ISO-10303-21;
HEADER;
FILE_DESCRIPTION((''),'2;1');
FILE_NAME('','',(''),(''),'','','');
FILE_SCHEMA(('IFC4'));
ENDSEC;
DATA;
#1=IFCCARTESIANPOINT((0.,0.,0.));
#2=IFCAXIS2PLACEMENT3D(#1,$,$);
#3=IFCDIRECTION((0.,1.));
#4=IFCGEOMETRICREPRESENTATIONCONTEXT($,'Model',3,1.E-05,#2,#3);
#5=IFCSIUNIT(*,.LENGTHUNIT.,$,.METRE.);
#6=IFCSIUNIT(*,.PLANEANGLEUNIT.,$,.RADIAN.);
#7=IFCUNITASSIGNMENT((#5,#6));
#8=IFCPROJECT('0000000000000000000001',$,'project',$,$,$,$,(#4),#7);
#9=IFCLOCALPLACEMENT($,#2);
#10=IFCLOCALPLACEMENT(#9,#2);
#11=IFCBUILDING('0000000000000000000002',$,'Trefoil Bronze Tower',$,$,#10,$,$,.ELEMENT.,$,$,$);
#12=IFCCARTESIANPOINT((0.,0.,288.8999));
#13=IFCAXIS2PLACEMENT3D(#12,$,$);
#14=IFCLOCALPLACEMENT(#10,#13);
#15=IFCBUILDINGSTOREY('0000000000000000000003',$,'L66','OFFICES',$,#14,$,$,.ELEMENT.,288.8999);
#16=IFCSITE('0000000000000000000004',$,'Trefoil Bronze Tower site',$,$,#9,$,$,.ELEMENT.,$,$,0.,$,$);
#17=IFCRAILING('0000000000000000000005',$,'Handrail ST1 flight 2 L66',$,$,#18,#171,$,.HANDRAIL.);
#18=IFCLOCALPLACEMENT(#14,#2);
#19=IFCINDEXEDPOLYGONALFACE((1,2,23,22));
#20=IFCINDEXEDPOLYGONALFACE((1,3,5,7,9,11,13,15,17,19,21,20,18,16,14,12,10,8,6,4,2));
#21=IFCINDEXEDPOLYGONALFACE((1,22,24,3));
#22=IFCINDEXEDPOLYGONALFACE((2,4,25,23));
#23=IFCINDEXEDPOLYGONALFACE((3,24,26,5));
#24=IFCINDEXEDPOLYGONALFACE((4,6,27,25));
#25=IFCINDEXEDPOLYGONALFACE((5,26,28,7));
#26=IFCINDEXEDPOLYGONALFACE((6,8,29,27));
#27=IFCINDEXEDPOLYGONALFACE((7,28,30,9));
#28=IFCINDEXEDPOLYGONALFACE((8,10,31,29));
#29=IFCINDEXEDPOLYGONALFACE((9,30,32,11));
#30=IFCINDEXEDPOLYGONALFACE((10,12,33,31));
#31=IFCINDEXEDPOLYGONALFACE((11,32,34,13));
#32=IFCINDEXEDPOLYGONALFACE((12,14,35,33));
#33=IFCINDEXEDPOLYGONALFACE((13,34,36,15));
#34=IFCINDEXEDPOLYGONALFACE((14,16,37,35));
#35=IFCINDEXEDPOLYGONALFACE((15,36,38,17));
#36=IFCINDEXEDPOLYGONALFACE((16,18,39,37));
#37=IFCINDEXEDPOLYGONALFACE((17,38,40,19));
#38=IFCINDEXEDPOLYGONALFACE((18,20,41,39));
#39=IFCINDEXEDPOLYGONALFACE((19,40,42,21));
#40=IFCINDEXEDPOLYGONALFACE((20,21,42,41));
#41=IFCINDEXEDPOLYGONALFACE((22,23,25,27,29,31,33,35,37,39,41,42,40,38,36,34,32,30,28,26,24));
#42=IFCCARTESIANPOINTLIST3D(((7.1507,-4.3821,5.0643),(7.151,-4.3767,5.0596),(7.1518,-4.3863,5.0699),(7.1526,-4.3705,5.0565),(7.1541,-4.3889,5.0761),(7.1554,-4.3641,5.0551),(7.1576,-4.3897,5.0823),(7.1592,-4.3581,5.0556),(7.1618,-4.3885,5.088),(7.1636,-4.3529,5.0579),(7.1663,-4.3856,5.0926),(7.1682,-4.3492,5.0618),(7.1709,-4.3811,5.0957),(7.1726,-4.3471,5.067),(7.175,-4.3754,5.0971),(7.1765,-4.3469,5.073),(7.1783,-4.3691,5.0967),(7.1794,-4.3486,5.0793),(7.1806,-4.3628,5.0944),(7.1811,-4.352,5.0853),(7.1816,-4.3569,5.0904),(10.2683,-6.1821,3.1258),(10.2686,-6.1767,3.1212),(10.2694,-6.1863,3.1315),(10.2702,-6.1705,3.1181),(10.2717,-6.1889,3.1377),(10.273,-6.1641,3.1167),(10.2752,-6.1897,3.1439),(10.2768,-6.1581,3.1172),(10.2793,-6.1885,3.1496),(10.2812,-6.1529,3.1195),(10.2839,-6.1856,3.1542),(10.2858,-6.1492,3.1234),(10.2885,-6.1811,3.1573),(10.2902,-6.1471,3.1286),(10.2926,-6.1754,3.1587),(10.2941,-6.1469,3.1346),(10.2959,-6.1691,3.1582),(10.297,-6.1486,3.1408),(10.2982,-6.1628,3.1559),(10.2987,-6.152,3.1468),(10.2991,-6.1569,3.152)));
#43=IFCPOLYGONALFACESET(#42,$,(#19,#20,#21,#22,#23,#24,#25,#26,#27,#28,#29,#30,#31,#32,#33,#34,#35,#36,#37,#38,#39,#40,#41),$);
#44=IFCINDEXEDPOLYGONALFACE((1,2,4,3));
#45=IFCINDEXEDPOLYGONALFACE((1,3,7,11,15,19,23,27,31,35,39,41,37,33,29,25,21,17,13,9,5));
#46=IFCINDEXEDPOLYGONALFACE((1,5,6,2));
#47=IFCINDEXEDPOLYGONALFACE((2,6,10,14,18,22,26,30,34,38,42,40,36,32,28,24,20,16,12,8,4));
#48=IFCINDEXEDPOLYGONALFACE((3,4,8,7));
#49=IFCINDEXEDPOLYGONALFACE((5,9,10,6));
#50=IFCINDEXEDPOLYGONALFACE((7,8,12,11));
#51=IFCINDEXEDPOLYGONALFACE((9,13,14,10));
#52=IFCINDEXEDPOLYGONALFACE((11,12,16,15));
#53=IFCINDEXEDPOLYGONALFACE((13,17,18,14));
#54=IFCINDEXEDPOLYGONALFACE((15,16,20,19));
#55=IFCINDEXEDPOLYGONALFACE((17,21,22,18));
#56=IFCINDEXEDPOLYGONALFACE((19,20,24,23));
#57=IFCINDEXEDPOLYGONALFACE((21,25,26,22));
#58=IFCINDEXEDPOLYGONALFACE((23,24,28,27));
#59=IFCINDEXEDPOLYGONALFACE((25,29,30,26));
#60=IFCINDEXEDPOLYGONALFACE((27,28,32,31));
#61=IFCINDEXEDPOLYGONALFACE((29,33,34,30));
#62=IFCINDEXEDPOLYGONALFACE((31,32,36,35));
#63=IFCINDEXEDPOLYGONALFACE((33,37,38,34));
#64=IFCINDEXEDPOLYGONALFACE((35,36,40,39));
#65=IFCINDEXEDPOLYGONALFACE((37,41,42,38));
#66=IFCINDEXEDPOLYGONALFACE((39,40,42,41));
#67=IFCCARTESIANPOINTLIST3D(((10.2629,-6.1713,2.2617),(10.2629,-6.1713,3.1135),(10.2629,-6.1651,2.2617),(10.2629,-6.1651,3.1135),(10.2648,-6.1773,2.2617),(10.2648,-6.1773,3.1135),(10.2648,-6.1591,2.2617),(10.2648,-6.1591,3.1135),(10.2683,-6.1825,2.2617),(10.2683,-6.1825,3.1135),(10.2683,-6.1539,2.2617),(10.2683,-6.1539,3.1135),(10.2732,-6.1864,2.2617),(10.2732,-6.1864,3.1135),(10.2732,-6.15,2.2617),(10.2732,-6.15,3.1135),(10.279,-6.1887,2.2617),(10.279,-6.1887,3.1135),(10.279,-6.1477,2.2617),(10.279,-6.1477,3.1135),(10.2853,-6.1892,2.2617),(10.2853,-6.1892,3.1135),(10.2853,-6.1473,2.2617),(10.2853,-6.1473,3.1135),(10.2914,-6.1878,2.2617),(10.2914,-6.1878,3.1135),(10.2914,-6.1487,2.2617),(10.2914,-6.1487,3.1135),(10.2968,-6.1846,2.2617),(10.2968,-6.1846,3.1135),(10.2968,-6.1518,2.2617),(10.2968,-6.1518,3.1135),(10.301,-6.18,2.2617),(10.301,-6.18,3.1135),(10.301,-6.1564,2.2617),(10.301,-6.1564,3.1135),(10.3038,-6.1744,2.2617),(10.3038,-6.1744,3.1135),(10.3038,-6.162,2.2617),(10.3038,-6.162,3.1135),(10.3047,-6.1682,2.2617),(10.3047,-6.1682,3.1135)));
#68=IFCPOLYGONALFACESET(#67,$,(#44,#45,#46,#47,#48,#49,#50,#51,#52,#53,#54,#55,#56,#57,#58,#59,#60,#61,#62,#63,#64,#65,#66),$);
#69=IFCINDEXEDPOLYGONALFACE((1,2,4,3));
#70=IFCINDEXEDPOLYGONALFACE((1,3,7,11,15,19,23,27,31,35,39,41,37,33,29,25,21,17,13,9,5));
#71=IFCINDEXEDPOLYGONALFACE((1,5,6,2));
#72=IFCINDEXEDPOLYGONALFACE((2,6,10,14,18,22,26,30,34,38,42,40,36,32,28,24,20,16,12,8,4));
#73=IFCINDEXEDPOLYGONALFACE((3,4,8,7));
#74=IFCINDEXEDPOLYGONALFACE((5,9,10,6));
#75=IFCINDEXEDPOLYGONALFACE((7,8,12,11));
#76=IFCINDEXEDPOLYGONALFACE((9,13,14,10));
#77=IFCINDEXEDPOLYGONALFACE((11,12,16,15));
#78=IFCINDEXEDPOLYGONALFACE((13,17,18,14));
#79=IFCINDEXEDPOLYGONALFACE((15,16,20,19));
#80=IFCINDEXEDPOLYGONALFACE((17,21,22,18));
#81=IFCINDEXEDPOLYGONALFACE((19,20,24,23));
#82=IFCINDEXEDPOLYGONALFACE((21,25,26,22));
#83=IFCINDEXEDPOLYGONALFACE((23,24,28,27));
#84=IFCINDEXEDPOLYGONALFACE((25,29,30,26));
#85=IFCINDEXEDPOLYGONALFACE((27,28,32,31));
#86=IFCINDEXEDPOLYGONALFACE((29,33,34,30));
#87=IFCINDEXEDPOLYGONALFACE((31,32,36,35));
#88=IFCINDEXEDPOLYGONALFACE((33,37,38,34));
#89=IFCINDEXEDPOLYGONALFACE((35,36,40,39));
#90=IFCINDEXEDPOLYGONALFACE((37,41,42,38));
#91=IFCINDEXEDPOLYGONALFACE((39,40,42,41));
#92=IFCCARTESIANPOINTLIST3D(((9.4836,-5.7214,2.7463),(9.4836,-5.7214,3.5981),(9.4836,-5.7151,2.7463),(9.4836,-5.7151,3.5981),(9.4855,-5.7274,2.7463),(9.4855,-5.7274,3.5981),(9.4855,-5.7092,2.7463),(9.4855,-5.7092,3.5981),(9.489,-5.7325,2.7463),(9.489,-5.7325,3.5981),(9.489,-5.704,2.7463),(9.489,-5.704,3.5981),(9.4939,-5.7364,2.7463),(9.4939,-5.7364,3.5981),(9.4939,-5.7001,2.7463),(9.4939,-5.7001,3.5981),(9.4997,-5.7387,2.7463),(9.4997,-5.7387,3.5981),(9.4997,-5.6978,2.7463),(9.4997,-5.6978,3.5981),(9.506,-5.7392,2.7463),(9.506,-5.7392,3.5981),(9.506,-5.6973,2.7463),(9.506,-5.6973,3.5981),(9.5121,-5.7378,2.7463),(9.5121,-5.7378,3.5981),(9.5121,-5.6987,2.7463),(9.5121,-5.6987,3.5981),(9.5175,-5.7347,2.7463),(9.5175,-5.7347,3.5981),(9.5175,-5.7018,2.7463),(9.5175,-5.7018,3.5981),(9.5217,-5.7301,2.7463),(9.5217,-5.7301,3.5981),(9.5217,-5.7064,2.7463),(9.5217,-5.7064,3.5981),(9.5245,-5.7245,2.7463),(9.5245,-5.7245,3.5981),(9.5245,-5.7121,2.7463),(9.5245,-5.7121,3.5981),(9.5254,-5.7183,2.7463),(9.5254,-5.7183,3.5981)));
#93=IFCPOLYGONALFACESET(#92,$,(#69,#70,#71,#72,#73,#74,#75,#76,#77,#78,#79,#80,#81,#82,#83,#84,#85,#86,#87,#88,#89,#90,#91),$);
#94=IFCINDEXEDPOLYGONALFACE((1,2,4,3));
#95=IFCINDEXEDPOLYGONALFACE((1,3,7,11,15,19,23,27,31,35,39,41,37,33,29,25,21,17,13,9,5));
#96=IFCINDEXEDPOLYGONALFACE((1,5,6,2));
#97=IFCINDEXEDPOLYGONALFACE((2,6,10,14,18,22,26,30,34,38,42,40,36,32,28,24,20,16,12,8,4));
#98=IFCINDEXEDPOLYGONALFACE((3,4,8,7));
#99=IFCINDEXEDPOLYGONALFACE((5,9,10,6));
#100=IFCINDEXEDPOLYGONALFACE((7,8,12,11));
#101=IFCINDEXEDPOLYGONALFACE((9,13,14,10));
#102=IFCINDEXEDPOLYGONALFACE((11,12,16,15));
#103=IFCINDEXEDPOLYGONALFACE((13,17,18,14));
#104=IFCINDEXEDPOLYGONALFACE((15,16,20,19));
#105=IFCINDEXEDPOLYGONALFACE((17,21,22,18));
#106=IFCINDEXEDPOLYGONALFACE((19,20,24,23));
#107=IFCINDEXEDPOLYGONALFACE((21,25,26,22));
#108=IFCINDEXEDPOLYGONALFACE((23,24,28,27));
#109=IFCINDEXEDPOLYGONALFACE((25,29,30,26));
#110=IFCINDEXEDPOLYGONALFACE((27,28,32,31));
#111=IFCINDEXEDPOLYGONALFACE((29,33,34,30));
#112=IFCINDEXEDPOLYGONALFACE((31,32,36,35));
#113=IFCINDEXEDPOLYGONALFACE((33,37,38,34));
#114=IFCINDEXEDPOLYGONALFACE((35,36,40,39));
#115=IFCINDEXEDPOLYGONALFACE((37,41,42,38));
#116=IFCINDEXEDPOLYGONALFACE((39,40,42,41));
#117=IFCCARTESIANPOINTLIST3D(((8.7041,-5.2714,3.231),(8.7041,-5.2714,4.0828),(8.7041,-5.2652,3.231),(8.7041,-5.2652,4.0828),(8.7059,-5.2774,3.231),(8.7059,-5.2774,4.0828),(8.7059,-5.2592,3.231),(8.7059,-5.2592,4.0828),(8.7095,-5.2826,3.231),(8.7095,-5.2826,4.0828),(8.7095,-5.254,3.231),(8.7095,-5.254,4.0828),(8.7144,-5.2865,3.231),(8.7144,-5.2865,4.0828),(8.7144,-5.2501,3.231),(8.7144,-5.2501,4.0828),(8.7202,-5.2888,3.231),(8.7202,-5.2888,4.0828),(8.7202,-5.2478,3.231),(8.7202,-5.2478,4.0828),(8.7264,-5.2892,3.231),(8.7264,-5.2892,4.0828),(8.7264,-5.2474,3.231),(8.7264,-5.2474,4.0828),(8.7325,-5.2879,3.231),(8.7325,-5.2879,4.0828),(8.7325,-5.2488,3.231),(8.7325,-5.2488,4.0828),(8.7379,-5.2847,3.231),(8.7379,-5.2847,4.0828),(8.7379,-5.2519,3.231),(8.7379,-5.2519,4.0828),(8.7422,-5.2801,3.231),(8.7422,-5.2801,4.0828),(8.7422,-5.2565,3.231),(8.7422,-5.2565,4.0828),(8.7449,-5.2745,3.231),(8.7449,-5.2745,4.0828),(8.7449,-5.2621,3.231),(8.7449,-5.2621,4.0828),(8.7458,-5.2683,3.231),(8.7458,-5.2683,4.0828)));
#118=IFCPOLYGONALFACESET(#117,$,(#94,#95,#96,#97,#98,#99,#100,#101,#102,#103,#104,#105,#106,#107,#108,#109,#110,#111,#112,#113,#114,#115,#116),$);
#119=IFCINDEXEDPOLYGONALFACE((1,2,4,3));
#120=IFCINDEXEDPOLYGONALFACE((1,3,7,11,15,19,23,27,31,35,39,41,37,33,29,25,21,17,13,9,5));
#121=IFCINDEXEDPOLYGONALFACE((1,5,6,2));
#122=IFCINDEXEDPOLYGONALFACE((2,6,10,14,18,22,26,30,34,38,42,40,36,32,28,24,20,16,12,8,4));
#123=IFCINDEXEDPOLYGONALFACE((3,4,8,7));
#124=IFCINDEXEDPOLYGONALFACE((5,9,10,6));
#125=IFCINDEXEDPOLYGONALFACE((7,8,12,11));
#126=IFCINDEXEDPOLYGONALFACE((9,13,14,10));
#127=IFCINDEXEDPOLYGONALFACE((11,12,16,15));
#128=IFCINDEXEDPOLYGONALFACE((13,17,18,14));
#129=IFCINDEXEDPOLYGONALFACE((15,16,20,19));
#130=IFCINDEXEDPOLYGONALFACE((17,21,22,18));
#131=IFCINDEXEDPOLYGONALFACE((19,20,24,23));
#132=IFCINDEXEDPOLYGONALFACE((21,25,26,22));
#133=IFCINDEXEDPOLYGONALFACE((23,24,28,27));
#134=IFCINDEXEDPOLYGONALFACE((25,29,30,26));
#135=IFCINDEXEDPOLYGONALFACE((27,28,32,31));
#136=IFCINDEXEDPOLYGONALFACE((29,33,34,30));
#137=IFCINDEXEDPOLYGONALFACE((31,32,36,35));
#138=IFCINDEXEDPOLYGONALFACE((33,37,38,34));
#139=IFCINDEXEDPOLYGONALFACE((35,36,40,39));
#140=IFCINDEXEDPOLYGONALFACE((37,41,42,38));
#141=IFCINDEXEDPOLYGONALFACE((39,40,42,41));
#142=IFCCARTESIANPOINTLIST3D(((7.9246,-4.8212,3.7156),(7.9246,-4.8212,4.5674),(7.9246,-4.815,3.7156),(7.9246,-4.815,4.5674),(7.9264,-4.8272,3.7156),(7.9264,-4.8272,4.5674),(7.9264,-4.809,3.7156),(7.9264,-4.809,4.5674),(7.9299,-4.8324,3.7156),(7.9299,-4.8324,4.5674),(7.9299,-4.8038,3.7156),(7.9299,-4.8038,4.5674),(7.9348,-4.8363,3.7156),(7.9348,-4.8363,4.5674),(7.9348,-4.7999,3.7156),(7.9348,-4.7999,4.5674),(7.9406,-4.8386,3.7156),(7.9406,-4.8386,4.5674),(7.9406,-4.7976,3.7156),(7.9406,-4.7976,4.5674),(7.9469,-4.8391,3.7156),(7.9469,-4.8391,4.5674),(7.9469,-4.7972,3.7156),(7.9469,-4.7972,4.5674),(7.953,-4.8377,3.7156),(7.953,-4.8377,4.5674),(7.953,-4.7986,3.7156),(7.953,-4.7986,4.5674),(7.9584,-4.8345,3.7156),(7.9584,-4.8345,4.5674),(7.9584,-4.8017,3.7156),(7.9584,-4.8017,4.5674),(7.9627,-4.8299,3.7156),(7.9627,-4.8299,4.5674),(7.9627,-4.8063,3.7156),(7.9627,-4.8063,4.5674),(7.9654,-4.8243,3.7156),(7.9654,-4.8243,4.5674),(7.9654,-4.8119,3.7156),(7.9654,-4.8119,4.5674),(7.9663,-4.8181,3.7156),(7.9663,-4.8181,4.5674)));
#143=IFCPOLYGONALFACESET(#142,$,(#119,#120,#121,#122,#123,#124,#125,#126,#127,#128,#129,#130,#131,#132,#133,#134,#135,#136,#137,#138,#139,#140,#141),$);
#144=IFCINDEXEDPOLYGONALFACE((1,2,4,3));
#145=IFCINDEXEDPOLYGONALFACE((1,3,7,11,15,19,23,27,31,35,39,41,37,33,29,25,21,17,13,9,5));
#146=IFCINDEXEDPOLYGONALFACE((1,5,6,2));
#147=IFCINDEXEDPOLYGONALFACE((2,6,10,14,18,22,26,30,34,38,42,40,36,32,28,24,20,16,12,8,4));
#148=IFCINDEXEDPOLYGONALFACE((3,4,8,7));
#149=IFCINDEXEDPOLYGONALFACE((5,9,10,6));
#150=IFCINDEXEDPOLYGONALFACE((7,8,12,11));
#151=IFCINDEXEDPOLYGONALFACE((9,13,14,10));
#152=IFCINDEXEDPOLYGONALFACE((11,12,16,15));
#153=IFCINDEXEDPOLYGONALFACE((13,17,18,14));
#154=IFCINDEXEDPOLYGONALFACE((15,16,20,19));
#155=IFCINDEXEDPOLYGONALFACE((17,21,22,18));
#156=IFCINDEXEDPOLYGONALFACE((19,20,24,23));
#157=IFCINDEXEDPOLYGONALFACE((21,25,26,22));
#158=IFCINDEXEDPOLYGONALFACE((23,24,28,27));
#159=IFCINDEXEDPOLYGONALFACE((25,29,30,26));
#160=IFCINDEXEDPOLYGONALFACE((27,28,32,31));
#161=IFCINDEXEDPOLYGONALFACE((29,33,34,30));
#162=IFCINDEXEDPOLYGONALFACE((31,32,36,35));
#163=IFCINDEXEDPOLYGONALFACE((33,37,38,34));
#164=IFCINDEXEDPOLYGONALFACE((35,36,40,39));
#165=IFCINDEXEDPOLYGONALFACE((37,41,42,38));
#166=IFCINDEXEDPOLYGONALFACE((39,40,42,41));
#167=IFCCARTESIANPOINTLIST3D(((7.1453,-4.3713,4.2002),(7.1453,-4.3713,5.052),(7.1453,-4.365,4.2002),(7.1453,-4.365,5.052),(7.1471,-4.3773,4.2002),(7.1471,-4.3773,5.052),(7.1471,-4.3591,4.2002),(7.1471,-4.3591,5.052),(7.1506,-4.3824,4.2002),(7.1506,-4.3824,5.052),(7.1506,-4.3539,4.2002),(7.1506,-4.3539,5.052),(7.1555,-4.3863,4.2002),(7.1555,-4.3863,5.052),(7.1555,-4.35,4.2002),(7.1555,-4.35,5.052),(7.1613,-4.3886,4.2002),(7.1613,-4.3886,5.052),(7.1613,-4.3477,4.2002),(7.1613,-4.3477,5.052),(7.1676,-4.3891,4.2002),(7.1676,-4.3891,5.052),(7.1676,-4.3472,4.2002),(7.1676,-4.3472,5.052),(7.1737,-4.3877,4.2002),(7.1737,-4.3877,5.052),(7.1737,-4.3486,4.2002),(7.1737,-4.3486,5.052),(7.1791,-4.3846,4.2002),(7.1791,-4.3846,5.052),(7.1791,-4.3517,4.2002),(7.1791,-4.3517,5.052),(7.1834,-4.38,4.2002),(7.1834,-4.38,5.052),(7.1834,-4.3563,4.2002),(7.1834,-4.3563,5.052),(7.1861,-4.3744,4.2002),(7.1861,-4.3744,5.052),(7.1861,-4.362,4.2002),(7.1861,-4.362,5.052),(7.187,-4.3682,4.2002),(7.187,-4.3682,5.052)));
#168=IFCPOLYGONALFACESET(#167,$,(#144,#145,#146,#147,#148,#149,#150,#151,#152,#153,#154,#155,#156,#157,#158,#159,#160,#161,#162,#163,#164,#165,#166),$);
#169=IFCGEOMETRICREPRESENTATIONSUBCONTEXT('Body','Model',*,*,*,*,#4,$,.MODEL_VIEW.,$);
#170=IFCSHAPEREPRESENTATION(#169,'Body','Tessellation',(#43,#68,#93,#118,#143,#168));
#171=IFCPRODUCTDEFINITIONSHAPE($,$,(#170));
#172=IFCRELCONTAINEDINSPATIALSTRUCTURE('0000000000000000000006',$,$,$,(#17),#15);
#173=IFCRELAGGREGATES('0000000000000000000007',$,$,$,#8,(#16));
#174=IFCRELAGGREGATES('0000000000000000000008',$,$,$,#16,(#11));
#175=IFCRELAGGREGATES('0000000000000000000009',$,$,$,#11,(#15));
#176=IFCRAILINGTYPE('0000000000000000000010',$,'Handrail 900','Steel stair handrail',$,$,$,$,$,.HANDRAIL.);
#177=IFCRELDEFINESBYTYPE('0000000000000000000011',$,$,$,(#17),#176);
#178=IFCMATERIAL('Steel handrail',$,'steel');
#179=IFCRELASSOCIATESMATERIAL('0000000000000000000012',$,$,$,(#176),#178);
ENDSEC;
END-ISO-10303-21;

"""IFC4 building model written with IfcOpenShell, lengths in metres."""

from ifc_helpers import new_model, si_unit, direction, frame, origin, origin_2d, place, context, subcontext, project, spatial, circle, extrude, material, type_object, element, save


model = new_model("IFC4")

# Units and contexts
model_context = context("Model", 3, precision=1e-05, world=origin(), true_north=direction((0.0, 1.0)))
body_context = subcontext(model_context, "Body", "Model", "MODEL_VIEW")
ifc_project = project(units=[si_unit("LENGTHUNIT", "METRE"), si_unit("PLANEANGLEUNIT", "RADIAN")], contexts=[model_context])

# Site, building, storey
site_placement = place(None, origin())
site = spatial("IfcSite", under=ifc_project, at=site_placement, Name="Trefoil Bronze Tower site", CompositionType="ELEMENT", RefElevation=0.0)
building_placement = place(site_placement, origin())
building = spatial("IfcBuilding", under=site, at=building_placement, Name="Trefoil Bronze Tower", CompositionType="ELEMENT")
storey_placement = place(building_placement, frame((0.0, 0.0, 288.8999)))
storey = spatial("IfcBuildingStorey", under=building, at=storey_placement, Name="L66", Description="OFFICES", CompositionType="ELEMENT", Elevation=288.8999)

# Railing
ifc_material_1 = material(Name="Steel handrail", Category="steel")
railing_type = type_object("IfcRailingType", Name="Handrail 900", Description="Steel stair handrail", PredefinedType="HANDRAIL", material=ifc_material_1)
railing_1_placement = place(storey_placement, frame((10.2837, -6.1682, 2.2617)))
element("IfcRailing", 1, at=railing_1_placement, inside=storey, type_object=railing_type, Name="Handrail ST1 flight 2 L66", PredefinedType="HANDRAIL", context=body_context, shape_type="SweptSolid", body=[
    extrude(circle(Radius=0.0239, at=origin_2d()), frame((0.0, 0.0, 0.876), z_axis=(-0.762503, 0.440246, 0.474102), x_axis=(-0.500012, -0.866018, 0.0)), (0.0, 0.0, 1.0), 4.0886),
    extrude(circle(Radius=0.021, at=origin_2d()), origin(), (0.0, 0.0, 1.0), 0.8518),
    extrude(circle(Radius=0.021, at=origin_2d()), frame((-0.7793, 0.45, 0.4846)), (0.0, 0.0, 1.0), 0.8518),
    extrude(circle(Radius=0.021, at=origin_2d()), frame((-1.5588, 0.8999, 0.9692)), (0.0, 0.0, 1.0), 0.8518),
    extrude(circle(Radius=0.021, at=origin_2d()), frame((-2.3384, 1.3501, 1.4539)), (0.0, 0.0, 1.0), 0.8518),
    extrude(circle(Radius=0.021, at=origin_2d()), frame((-3.1177, 1.8, 1.9385)), (0.0, 0.0, 1.0), 0.8518),
])

save(model, "model.ifc")
